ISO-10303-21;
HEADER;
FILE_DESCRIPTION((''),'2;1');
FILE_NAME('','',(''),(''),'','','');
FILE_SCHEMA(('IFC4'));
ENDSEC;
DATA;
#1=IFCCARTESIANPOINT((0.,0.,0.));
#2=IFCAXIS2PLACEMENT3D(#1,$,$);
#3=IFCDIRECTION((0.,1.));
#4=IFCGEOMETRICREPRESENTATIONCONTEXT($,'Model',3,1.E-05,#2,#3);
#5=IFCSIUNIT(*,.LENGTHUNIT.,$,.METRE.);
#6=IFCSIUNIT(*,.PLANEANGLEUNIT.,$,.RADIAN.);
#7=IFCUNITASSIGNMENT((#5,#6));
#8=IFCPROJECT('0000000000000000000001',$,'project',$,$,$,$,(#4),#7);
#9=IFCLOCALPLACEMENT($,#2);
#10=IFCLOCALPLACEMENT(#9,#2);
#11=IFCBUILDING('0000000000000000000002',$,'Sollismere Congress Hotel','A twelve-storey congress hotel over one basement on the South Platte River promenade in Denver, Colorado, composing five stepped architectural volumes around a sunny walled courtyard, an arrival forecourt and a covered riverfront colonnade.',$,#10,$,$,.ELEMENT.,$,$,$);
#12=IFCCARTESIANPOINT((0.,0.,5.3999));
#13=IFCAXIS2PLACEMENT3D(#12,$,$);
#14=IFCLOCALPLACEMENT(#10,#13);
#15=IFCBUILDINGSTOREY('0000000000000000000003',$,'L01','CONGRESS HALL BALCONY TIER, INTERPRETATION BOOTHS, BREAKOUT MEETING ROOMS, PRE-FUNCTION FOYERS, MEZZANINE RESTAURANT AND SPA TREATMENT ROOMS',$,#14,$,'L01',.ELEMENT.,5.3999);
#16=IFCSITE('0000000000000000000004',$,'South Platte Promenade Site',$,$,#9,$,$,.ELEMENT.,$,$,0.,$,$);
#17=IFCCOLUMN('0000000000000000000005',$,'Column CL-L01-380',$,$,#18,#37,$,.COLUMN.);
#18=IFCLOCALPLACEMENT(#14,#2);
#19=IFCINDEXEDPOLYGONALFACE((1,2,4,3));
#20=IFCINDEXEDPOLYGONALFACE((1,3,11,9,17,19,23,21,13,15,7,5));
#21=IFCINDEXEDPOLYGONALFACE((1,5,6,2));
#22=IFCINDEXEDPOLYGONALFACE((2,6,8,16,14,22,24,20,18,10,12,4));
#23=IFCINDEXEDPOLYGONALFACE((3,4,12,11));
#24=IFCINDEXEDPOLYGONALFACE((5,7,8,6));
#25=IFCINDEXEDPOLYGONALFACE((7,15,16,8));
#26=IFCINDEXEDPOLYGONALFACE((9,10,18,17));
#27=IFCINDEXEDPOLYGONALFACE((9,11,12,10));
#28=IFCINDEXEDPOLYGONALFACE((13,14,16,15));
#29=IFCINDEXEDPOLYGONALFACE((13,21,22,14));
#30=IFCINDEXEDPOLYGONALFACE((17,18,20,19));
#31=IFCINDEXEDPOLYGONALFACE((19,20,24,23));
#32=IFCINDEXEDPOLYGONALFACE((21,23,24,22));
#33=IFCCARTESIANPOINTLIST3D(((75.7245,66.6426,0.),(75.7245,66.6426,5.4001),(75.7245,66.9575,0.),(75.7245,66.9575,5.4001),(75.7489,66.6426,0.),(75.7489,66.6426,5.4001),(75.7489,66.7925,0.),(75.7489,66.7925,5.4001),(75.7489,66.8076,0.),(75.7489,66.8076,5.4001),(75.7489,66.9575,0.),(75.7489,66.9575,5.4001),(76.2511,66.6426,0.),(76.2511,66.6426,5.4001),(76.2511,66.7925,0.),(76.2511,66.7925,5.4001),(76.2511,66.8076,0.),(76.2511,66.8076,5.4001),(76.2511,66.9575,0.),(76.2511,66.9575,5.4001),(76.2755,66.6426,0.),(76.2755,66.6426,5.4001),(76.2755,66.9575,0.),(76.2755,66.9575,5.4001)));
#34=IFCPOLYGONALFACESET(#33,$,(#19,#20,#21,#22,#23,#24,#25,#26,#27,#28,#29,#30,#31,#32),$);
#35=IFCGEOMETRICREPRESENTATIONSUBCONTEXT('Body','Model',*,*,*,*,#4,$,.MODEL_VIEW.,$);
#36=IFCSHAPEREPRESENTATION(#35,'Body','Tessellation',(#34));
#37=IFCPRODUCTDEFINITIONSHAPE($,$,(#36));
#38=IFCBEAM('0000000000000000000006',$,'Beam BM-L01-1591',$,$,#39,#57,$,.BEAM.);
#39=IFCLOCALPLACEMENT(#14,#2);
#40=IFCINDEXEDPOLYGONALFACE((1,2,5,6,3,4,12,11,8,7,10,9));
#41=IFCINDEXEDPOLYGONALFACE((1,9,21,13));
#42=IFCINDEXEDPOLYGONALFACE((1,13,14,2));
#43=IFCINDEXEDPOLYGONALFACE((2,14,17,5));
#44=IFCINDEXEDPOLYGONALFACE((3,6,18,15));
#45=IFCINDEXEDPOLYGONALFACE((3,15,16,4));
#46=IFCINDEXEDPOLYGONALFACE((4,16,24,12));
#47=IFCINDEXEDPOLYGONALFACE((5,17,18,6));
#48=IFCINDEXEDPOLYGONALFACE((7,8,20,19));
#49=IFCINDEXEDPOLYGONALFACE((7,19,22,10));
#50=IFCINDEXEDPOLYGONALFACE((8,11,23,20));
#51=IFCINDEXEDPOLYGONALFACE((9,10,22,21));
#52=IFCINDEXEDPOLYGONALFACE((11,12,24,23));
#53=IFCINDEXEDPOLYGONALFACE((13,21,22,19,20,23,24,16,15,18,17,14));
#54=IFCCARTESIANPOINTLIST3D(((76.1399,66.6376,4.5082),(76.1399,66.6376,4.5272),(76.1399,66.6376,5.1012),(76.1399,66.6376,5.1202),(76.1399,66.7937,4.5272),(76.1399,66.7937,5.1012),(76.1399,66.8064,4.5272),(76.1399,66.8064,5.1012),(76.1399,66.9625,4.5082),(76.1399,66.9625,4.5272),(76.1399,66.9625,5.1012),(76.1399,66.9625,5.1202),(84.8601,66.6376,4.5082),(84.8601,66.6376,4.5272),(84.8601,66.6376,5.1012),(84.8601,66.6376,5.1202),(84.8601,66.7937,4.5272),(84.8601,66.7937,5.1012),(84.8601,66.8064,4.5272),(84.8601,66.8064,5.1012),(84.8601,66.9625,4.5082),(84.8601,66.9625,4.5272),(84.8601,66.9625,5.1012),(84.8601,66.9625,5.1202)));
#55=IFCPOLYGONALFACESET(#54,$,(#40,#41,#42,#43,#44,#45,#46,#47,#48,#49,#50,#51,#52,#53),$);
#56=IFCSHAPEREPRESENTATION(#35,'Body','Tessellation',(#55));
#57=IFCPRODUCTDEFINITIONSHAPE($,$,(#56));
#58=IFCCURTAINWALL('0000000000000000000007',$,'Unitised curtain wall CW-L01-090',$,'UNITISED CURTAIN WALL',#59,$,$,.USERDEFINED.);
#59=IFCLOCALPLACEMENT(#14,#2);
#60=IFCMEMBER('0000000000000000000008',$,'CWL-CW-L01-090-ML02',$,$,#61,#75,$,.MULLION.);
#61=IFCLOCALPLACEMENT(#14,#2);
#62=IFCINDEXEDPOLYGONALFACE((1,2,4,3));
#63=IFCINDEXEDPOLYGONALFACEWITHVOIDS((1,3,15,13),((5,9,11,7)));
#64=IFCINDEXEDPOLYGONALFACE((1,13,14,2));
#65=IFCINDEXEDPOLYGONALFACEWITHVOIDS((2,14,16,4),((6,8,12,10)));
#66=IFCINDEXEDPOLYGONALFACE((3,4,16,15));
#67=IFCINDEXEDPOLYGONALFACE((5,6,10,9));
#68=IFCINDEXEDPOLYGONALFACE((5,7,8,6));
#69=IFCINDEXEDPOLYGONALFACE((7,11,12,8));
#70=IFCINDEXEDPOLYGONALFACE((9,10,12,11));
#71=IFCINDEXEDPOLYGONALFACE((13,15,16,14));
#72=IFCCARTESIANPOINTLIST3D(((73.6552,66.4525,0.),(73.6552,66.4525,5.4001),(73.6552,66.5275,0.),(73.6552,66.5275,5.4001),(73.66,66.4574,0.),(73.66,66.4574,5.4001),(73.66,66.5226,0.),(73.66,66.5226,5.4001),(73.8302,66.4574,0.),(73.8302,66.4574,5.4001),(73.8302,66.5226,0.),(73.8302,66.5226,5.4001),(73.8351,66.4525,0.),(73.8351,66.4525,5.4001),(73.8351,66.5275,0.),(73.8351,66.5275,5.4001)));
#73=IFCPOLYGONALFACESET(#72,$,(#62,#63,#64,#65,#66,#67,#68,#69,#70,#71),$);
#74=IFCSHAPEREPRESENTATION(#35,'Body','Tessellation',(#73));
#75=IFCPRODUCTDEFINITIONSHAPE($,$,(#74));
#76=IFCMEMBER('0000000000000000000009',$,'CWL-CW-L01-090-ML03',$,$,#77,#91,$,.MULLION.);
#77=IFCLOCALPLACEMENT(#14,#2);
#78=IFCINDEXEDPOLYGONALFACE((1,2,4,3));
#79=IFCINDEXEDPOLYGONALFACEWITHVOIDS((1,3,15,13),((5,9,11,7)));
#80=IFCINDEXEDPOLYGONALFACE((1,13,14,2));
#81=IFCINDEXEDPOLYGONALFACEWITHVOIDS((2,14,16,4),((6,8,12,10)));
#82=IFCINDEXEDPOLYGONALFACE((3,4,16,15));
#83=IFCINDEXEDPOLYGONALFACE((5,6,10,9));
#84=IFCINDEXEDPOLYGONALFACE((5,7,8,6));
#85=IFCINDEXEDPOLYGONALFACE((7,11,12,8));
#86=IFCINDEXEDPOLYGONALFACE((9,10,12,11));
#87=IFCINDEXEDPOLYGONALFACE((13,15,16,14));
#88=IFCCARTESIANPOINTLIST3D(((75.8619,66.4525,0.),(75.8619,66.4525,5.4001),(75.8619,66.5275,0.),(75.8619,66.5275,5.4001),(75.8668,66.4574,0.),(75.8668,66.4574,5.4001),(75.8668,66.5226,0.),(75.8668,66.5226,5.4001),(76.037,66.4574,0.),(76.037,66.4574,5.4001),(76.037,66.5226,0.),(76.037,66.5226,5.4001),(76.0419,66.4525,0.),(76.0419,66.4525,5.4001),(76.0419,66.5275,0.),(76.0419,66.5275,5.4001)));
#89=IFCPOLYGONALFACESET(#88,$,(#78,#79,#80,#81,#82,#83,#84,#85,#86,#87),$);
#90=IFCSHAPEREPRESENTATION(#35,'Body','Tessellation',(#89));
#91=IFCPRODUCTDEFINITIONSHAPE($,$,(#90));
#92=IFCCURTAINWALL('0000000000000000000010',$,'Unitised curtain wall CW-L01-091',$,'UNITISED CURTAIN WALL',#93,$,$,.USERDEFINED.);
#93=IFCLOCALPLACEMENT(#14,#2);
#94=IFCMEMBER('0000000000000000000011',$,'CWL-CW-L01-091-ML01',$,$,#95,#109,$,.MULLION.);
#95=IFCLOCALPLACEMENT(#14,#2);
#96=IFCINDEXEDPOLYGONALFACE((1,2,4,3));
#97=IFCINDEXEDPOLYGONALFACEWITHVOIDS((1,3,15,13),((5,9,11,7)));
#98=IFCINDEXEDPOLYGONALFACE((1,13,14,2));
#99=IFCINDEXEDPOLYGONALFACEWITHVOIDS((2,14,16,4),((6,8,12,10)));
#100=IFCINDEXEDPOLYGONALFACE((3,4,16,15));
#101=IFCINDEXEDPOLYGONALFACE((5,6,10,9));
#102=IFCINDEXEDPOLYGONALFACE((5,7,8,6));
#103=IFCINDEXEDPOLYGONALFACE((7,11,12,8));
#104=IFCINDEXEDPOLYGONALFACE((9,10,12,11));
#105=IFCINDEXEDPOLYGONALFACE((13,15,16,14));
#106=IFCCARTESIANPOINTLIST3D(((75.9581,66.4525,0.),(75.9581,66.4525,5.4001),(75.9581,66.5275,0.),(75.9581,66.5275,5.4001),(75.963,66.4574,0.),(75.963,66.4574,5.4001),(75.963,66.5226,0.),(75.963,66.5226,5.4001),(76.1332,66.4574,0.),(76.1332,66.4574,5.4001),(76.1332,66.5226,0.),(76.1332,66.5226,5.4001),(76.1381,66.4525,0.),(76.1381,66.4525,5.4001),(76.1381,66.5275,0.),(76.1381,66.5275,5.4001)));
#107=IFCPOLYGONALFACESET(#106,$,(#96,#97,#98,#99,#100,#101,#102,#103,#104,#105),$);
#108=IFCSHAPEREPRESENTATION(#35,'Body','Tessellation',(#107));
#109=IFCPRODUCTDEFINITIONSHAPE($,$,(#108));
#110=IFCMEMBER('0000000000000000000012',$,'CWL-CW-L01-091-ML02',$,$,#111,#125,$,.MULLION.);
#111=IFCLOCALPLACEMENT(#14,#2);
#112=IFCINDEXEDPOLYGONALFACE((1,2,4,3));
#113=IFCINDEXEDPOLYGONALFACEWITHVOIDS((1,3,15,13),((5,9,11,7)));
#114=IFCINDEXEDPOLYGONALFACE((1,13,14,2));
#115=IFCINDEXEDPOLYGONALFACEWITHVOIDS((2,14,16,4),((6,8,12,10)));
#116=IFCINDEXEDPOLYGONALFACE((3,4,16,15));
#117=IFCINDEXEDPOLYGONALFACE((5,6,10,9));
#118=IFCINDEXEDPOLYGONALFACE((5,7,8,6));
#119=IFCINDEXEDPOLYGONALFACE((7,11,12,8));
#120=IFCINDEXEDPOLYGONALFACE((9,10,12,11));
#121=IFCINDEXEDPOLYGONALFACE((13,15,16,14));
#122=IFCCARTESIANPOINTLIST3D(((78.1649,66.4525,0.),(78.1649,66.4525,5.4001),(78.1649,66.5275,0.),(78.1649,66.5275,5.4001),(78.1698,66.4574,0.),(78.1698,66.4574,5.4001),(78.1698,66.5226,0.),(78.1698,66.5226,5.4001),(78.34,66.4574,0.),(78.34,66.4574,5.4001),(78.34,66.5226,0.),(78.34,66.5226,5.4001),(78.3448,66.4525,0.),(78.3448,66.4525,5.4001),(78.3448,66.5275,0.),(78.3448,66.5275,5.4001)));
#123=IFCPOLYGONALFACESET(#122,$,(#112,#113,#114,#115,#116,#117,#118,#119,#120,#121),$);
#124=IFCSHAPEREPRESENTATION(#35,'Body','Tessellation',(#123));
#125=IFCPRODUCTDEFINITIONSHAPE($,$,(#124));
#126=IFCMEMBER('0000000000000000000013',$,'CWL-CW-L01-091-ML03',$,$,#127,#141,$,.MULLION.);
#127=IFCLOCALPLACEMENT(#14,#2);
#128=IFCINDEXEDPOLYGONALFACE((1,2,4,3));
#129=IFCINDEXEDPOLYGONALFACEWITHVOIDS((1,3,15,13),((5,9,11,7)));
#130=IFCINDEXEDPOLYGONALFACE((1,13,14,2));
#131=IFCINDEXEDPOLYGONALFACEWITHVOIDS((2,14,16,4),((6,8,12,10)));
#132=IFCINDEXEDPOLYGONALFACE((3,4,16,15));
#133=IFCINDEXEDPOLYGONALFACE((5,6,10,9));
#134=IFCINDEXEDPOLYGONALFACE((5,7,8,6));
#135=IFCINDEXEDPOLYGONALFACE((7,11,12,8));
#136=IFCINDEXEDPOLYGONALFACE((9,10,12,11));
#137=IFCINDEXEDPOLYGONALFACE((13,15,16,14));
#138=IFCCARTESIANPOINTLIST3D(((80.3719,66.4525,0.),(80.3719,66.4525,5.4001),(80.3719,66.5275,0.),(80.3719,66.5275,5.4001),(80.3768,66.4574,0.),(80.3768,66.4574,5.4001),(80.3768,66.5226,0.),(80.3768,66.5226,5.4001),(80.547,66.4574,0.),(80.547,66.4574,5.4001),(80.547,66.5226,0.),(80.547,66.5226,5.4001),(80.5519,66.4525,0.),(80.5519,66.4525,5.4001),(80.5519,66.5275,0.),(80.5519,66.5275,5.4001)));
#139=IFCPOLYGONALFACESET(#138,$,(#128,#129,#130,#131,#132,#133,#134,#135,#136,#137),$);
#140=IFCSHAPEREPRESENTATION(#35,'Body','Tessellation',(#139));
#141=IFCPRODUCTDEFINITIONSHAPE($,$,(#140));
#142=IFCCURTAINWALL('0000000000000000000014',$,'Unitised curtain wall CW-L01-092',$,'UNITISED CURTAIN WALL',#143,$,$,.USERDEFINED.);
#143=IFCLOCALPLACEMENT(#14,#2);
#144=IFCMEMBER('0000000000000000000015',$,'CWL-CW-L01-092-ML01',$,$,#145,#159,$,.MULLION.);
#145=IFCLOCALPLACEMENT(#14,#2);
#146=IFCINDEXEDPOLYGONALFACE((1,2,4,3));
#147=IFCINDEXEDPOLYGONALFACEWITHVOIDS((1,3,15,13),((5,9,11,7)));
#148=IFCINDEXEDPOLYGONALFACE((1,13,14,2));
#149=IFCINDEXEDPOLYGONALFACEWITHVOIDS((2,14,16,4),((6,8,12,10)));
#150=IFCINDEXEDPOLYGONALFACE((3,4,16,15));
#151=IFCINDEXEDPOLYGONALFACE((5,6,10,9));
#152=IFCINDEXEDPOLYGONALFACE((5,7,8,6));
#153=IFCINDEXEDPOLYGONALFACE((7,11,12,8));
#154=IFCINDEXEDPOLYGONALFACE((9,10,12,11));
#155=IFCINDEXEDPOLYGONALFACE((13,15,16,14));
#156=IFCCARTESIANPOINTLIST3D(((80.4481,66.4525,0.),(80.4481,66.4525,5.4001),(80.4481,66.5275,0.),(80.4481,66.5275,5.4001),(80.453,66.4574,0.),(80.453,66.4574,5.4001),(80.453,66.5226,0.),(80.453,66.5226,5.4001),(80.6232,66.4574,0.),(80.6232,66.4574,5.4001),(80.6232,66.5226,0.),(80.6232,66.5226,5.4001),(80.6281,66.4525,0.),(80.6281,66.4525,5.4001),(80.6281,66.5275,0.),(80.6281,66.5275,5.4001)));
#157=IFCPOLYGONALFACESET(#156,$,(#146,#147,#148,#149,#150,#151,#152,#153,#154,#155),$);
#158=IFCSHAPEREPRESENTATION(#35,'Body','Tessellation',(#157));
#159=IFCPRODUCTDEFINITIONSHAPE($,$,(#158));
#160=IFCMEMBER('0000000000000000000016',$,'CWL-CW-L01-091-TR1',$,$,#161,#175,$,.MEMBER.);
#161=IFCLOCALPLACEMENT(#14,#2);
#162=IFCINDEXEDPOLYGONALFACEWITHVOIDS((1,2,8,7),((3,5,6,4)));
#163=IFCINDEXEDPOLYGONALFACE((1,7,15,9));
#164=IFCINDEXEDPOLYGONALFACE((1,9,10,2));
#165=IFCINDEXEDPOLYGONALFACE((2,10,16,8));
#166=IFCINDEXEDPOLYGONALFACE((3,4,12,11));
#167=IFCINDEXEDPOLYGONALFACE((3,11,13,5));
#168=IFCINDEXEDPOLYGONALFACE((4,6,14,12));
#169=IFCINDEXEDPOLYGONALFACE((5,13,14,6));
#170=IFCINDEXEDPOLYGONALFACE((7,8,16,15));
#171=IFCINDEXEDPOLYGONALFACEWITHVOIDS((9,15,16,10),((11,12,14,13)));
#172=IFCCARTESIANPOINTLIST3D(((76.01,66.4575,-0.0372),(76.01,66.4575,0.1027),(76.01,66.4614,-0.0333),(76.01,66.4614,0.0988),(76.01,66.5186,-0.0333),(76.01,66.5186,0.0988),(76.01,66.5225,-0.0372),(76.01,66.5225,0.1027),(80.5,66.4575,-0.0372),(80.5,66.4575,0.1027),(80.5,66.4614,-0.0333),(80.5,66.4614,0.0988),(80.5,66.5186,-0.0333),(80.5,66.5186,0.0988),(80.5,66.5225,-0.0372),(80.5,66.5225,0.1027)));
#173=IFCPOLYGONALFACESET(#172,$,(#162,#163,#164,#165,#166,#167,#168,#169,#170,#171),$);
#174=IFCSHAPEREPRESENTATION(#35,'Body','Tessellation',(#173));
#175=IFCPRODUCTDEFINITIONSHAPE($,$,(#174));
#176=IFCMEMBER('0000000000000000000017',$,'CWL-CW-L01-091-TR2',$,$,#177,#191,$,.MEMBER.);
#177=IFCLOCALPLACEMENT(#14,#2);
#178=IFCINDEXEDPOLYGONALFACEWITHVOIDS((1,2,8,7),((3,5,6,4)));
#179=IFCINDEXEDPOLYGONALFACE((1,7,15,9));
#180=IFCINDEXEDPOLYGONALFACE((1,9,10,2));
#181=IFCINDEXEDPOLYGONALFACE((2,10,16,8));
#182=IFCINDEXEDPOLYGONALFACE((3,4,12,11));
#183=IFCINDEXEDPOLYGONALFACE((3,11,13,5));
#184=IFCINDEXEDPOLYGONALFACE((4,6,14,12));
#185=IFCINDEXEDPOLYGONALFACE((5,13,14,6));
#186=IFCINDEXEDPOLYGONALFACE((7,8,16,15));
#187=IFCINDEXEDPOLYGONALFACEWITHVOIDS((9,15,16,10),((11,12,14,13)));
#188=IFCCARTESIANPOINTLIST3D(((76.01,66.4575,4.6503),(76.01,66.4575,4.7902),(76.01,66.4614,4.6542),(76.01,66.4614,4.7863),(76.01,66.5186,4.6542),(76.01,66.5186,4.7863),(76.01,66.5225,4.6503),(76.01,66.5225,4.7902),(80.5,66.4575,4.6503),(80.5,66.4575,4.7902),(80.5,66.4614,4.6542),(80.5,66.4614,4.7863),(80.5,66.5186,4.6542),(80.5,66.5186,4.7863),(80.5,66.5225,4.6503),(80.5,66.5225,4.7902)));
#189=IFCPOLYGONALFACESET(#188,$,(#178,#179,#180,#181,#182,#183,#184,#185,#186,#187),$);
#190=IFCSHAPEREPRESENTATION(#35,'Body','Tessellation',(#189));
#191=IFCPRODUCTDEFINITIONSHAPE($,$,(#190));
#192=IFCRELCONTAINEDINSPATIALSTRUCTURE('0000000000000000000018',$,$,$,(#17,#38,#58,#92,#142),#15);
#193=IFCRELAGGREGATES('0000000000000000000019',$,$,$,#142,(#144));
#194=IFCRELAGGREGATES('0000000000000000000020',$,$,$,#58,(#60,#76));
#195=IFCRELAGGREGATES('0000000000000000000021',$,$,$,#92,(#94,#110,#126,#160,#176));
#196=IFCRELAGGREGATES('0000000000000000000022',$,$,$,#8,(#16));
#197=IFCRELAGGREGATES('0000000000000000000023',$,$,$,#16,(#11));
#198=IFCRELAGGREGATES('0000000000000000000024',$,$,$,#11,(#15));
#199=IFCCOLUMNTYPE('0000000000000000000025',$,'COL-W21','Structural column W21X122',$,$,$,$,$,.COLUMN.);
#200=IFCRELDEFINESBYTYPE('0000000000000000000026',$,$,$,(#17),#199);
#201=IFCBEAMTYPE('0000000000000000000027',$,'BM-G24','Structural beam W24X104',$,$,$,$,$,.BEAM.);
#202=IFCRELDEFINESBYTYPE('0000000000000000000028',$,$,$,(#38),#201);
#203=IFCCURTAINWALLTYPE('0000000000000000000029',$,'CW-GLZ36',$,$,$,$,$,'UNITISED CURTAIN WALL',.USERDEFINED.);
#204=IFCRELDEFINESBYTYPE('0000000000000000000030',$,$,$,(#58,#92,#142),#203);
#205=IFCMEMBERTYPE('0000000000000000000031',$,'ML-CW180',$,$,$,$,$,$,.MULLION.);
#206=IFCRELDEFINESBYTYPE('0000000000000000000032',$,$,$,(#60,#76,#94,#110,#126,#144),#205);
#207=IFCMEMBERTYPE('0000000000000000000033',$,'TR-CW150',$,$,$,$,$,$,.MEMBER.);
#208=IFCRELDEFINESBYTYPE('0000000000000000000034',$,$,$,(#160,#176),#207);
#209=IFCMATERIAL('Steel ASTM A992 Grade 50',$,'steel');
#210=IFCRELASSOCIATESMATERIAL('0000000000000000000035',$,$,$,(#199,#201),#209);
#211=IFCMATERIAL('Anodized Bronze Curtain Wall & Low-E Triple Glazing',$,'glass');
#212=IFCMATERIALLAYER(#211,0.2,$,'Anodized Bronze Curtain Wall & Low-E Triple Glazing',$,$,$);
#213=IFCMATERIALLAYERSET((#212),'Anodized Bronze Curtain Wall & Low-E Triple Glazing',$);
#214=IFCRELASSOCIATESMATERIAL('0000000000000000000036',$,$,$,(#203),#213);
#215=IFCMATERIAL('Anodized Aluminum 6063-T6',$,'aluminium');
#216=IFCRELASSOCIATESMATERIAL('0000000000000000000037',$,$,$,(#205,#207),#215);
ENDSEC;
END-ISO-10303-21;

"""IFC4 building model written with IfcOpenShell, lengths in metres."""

from ifc_helpers import new_model, si_unit, direction, frame, origin, origin_2d, place, context, subcontext, project, spatial, hollow_rectangle, i_section, extrude, material, layer, layer_set, material_profile, profile_set, type_object, element, aggregate, save


model = new_model("IFC4")

# Units and contexts
model_context = context("Model", 3, precision=1e-05, world=origin(), true_north=direction((0.0, 1.0)))
body_context = subcontext(model_context, "Body", "Model", "MODEL_VIEW")
ifc_project = project(units=[si_unit("LENGTHUNIT", "METRE"), si_unit("PLANEANGLEUNIT", "RADIAN")], contexts=[model_context])

# Site, building, storey
site_placement = place(None, origin())
site = spatial("IfcSite", under=ifc_project, at=site_placement, Name="South Platte Promenade Site", CompositionType="ELEMENT", RefElevation=0.0)
building_placement = place(site_placement, origin())
building = spatial("IfcBuilding", under=site, at=building_placement, Name="Sollismere Congress Hotel", Description="A twelve-storey congress hotel over one basement on the South Platte River promenade in Denver, Colorado, composing five stepped architectural volumes around a sunny walled courtyard, an arrival forecourt and a covered riverfront colonnade.", CompositionType="ELEMENT")
storey_placement = place(building_placement, frame((0.0, 0.0, 5.3999)))
storey = spatial("IfcBuildingStorey", under=building, at=storey_placement, Name="L01", Description="CONGRESS HALL BALCONY TIER, INTERPRETATION BOOTHS, BREAKOUT MEETING ROOMS, PRE-FUNCTION FOYERS, MEZZANINE RESTAURANT AND SPA TREATMENT ROOMS", LongName="L01", CompositionType="ELEMENT", Elevation=5.3999)

# Column
ifc_material_1 = material(Name="Steel ASTM A992 Grade 50", Category="steel")
ifc_material_profile_1 = material_profile(ifc_material_1, i_section(OverallWidth=0.3149, OverallDepth=0.551, WebThickness=0.0151, FlangeThickness=0.0244, at=origin_2d()), Name="W21X122")
ifc_profile_set_1 = profile_set([ifc_material_profile_1], Name="Steel ASTM A992 Grade 50")
column_type = type_object("IfcColumnType", Name="COL-W21", Description="Structural column W21X122", PredefinedType="COLUMN", material=ifc_profile_set_1)
column_placement = place(storey_placement, frame((76.0, 66.8, 0.0), z_axis=(0.0, 0.0, 1.0), x_axis=(0.0, 1.0, 0.0)))
element("IfcColumn", 1, at=column_placement, inside=storey, type_object=column_type, Name="Column CL-L01-380", PredefinedType="COLUMN", context=body_context, shape_type="SweptSolid", body=[
    extrude(i_section(OverallWidth=0.3149, OverallDepth=0.551, WebThickness=0.0151, FlangeThickness=0.0244, at=origin_2d()), origin(), (0.0, 0.0, 1.0), 5.4001),
])

# Beam
ifc_material_profile_2 = material_profile(ifc_material_1, i_section(OverallWidth=0.325, OverallDepth=0.6121, WebThickness=0.0127, FlangeThickness=0.019, at=origin_2d()), Name="W24X104")
ifc_profile_set_2 = profile_set([ifc_material_profile_2], Name="Steel ASTM A992 Grade 50")
beam_type = type_object("IfcBeamType", Name="BM-G24", Description="Structural beam W24X104", PredefinedType="BEAM", material=ifc_profile_set_2)
beam_placement = place(storey_placement, frame((76.1399, 66.8, 4.8142), z_axis=(1.0, 0.0, 0.0), x_axis=(0.0, 1.0, 0.0)))
element("IfcBeam", 2, at=beam_placement, inside=storey, type_object=beam_type, Name="Beam BM-L01-1591", PredefinedType="BEAM", context=body_context, shape_type="SweptSolid", body=[
    extrude(i_section(OverallWidth=0.325, OverallDepth=0.6121, WebThickness=0.0127, FlangeThickness=0.019, at=origin_2d()), origin(), (0.0, 0.0, 1.0), 8.7202),
])

# Curtain walls, members
ifc_material_2 = material(Name="Anodized Bronze Curtain Wall & Low-E Triple Glazing", Category="glass")
ifc_layer_1 = layer(ifc_material_2, 0.2, Name="Anodized Bronze Curtain Wall & Low-E Triple Glazing")
ifc_layer_set_1 = layer_set([ifc_layer_1], Name="Anodized Bronze Curtain Wall & Low-E Triple Glazing")
curtain_wall_type = type_object("IfcCurtainWallType", Name="CW-GLZ36", ElementType="UNITISED CURTAIN WALL", PredefinedType="USERDEFINED", material=ifc_layer_set_1)
curtain_wall_1_placement = place(storey_placement, origin())
curtain_wall_1 = element("IfcCurtainWall", 3, at=curtain_wall_1_placement, inside=storey, type_object=curtain_wall_type, Name="Unitised curtain wall CW-L01-090", ObjectType="UNITISED CURTAIN WALL", PredefinedType="USERDEFINED")
ifc_material_3 = material(Name="Anodized Aluminum 6063-T6", Category="aluminium")
ifc_material_profile_3 = material_profile(ifc_material_3, hollow_rectangle(XDim=0.075, YDim=0.1799, WallThickness=0.0049, at=origin_2d()), Name="ALU180X75X5")
ifc_profile_set_3 = profile_set([ifc_material_profile_3], Name="Anodized Aluminum 6063-T6")
member_type_1 = type_object("IfcMemberType", Name="ML-CW180", PredefinedType="MULLION", material=ifc_profile_set_3)
member_1_placement = place(storey_placement, frame((73.7451, 66.49, 0.0), z_axis=(0.0, 0.0, 1.0), x_axis=(0.0, 1.0, 0.0)))
member_1 = element("IfcMember", 4, at=member_1_placement, type_object=member_type_1, Name="CWL-CW-L01-090-ML02", PredefinedType="MULLION", context=body_context, shape_type="SweptSolid", body=[
    extrude(hollow_rectangle(XDim=0.075, YDim=0.1799, WallThickness=0.0049, at=origin_2d()), origin(), (0.0, 0.0, 1.0), 5.4001),
])
member_2_placement = place(storey_placement, frame((75.9519, 66.49, 0.0), z_axis=(0.0, 0.0, 1.0), x_axis=(0.0, 1.0, 0.0)))
member_2 = element("IfcMember", 5, at=member_2_placement, type_object=member_type_1, Name="CWL-CW-L01-090-ML03", PredefinedType="MULLION", context=body_context, shape_type="SweptSolid", body=[
    extrude(hollow_rectangle(XDim=0.075, YDim=0.1799, WallThickness=0.0049, at=origin_2d()), origin(), (0.0, 0.0, 1.0), 5.4001),
])
curtain_wall_2_placement = place(storey_placement, origin())
curtain_wall_2 = element("IfcCurtainWall", 6, at=curtain_wall_2_placement, inside=storey, type_object=curtain_wall_type, Name="Unitised curtain wall CW-L01-091", ObjectType="UNITISED CURTAIN WALL", PredefinedType="USERDEFINED")
member_3_placement = place(storey_placement, frame((76.0481, 66.49, 0.0), z_axis=(0.0, 0.0, 1.0), x_axis=(0.0, 1.0, 0.0)))
member_3 = element("IfcMember", 7, at=member_3_placement, type_object=member_type_1, Name="CWL-CW-L01-091-ML01", PredefinedType="MULLION", context=body_context, shape_type="SweptSolid", body=[
    extrude(hollow_rectangle(XDim=0.075, YDim=0.1799, WallThickness=0.0049, at=origin_2d()), origin(), (0.0, 0.0, 1.0), 5.4001),
])
member_4_placement = place(storey_placement, frame((78.2549, 66.49, 0.0), z_axis=(0.0, 0.0, 1.0), x_axis=(0.0, 1.0, 0.0)))
member_4 = element("IfcMember", 8, at=member_4_placement, type_object=member_type_1, Name="CWL-CW-L01-091-ML02", PredefinedType="MULLION", context=body_context, shape_type="SweptSolid", body=[
    extrude(hollow_rectangle(XDim=0.075, YDim=0.1799, WallThickness=0.0049, at=origin_2d()), origin(), (0.0, 0.0, 1.0), 5.4001),
])
member_5_placement = place(storey_placement, frame((80.4619, 66.49, 0.0), z_axis=(0.0, 0.0, 1.0), x_axis=(0.0, 1.0, 0.0)))
member_5 = element("IfcMember", 9, at=member_5_placement, type_object=member_type_1, Name="CWL-CW-L01-091-ML03", PredefinedType="MULLION", context=body_context, shape_type="SweptSolid", body=[
    extrude(hollow_rectangle(XDim=0.075, YDim=0.1799, WallThickness=0.0049, at=origin_2d()), origin(), (0.0, 0.0, 1.0), 5.4001),
])

# Curtain wall, member
curtain_wall_3_placement = place(storey_placement, origin())
curtain_wall_3 = element("IfcCurtainWall", 10, at=curtain_wall_3_placement, inside=storey, type_object=curtain_wall_type, Name="Unitised curtain wall CW-L01-092", ObjectType="UNITISED CURTAIN WALL", PredefinedType="USERDEFINED")
member_6_placement = place(storey_placement, frame((80.5381, 66.49, 0.0), z_axis=(0.0, 0.0, 1.0), x_axis=(0.0, 1.0, 0.0)))
member_6 = element("IfcMember", 11, at=member_6_placement, type_object=member_type_1, Name="CWL-CW-L01-092-ML01", PredefinedType="MULLION", context=body_context, shape_type="SweptSolid", body=[
    extrude(hollow_rectangle(XDim=0.075, YDim=0.1799, WallThickness=0.0049, at=origin_2d()), origin(), (0.0, 0.0, 1.0), 5.4001),
])

# Members
ifc_material_profile_4 = material_profile(ifc_material_3, hollow_rectangle(XDim=0.0649, YDim=0.1399, WallThickness=0.0039, at=origin_2d()), Name="ALU140X65X4")
ifc_profile_set_4 = profile_set([ifc_material_profile_4], Name="Anodized Aluminum 6063-T6")
member_type_2 = type_object("IfcMemberType", Name="TR-CW150", PredefinedType="MEMBER", material=ifc_profile_set_4)
member_7_placement = place(storey_placement, frame((76.01, 66.49, 0.0327), z_axis=(1.0, 0.0, 0.0), x_axis=(0.0, 1.0, 0.0)))
member_7 = element("IfcMember", 12, at=member_7_placement, type_object=member_type_2, Name="CWL-CW-L01-091-TR1", PredefinedType="MEMBER", context=body_context, shape_type="SweptSolid", body=[
    extrude(hollow_rectangle(XDim=0.0649, YDim=0.1399, WallThickness=0.0039, at=origin_2d()), origin(), (0.0, 0.0, 1.0), 4.49),
])
member_8_placement = place(storey_placement, frame((76.01, 66.49, 4.7202), z_axis=(1.0, 0.0, 0.0), x_axis=(0.0, 1.0, 0.0)))
member_8 = element("IfcMember", 13, at=member_8_placement, type_object=member_type_2, Name="CWL-CW-L01-091-TR2", PredefinedType="MEMBER", context=body_context, shape_type="SweptSolid", body=[
    extrude(hollow_rectangle(XDim=0.0649, YDim=0.1399, WallThickness=0.0039, at=origin_2d()), origin(), (0.0, 0.0, 1.0), 4.49),
])
aggregate(curtain_wall_3, [member_6])

aggregate(curtain_wall_1, [member_1, member_2])
aggregate(curtain_wall_2, [member_3, member_4, member_5, member_7, member_8])

save(model, "model.ifc")
